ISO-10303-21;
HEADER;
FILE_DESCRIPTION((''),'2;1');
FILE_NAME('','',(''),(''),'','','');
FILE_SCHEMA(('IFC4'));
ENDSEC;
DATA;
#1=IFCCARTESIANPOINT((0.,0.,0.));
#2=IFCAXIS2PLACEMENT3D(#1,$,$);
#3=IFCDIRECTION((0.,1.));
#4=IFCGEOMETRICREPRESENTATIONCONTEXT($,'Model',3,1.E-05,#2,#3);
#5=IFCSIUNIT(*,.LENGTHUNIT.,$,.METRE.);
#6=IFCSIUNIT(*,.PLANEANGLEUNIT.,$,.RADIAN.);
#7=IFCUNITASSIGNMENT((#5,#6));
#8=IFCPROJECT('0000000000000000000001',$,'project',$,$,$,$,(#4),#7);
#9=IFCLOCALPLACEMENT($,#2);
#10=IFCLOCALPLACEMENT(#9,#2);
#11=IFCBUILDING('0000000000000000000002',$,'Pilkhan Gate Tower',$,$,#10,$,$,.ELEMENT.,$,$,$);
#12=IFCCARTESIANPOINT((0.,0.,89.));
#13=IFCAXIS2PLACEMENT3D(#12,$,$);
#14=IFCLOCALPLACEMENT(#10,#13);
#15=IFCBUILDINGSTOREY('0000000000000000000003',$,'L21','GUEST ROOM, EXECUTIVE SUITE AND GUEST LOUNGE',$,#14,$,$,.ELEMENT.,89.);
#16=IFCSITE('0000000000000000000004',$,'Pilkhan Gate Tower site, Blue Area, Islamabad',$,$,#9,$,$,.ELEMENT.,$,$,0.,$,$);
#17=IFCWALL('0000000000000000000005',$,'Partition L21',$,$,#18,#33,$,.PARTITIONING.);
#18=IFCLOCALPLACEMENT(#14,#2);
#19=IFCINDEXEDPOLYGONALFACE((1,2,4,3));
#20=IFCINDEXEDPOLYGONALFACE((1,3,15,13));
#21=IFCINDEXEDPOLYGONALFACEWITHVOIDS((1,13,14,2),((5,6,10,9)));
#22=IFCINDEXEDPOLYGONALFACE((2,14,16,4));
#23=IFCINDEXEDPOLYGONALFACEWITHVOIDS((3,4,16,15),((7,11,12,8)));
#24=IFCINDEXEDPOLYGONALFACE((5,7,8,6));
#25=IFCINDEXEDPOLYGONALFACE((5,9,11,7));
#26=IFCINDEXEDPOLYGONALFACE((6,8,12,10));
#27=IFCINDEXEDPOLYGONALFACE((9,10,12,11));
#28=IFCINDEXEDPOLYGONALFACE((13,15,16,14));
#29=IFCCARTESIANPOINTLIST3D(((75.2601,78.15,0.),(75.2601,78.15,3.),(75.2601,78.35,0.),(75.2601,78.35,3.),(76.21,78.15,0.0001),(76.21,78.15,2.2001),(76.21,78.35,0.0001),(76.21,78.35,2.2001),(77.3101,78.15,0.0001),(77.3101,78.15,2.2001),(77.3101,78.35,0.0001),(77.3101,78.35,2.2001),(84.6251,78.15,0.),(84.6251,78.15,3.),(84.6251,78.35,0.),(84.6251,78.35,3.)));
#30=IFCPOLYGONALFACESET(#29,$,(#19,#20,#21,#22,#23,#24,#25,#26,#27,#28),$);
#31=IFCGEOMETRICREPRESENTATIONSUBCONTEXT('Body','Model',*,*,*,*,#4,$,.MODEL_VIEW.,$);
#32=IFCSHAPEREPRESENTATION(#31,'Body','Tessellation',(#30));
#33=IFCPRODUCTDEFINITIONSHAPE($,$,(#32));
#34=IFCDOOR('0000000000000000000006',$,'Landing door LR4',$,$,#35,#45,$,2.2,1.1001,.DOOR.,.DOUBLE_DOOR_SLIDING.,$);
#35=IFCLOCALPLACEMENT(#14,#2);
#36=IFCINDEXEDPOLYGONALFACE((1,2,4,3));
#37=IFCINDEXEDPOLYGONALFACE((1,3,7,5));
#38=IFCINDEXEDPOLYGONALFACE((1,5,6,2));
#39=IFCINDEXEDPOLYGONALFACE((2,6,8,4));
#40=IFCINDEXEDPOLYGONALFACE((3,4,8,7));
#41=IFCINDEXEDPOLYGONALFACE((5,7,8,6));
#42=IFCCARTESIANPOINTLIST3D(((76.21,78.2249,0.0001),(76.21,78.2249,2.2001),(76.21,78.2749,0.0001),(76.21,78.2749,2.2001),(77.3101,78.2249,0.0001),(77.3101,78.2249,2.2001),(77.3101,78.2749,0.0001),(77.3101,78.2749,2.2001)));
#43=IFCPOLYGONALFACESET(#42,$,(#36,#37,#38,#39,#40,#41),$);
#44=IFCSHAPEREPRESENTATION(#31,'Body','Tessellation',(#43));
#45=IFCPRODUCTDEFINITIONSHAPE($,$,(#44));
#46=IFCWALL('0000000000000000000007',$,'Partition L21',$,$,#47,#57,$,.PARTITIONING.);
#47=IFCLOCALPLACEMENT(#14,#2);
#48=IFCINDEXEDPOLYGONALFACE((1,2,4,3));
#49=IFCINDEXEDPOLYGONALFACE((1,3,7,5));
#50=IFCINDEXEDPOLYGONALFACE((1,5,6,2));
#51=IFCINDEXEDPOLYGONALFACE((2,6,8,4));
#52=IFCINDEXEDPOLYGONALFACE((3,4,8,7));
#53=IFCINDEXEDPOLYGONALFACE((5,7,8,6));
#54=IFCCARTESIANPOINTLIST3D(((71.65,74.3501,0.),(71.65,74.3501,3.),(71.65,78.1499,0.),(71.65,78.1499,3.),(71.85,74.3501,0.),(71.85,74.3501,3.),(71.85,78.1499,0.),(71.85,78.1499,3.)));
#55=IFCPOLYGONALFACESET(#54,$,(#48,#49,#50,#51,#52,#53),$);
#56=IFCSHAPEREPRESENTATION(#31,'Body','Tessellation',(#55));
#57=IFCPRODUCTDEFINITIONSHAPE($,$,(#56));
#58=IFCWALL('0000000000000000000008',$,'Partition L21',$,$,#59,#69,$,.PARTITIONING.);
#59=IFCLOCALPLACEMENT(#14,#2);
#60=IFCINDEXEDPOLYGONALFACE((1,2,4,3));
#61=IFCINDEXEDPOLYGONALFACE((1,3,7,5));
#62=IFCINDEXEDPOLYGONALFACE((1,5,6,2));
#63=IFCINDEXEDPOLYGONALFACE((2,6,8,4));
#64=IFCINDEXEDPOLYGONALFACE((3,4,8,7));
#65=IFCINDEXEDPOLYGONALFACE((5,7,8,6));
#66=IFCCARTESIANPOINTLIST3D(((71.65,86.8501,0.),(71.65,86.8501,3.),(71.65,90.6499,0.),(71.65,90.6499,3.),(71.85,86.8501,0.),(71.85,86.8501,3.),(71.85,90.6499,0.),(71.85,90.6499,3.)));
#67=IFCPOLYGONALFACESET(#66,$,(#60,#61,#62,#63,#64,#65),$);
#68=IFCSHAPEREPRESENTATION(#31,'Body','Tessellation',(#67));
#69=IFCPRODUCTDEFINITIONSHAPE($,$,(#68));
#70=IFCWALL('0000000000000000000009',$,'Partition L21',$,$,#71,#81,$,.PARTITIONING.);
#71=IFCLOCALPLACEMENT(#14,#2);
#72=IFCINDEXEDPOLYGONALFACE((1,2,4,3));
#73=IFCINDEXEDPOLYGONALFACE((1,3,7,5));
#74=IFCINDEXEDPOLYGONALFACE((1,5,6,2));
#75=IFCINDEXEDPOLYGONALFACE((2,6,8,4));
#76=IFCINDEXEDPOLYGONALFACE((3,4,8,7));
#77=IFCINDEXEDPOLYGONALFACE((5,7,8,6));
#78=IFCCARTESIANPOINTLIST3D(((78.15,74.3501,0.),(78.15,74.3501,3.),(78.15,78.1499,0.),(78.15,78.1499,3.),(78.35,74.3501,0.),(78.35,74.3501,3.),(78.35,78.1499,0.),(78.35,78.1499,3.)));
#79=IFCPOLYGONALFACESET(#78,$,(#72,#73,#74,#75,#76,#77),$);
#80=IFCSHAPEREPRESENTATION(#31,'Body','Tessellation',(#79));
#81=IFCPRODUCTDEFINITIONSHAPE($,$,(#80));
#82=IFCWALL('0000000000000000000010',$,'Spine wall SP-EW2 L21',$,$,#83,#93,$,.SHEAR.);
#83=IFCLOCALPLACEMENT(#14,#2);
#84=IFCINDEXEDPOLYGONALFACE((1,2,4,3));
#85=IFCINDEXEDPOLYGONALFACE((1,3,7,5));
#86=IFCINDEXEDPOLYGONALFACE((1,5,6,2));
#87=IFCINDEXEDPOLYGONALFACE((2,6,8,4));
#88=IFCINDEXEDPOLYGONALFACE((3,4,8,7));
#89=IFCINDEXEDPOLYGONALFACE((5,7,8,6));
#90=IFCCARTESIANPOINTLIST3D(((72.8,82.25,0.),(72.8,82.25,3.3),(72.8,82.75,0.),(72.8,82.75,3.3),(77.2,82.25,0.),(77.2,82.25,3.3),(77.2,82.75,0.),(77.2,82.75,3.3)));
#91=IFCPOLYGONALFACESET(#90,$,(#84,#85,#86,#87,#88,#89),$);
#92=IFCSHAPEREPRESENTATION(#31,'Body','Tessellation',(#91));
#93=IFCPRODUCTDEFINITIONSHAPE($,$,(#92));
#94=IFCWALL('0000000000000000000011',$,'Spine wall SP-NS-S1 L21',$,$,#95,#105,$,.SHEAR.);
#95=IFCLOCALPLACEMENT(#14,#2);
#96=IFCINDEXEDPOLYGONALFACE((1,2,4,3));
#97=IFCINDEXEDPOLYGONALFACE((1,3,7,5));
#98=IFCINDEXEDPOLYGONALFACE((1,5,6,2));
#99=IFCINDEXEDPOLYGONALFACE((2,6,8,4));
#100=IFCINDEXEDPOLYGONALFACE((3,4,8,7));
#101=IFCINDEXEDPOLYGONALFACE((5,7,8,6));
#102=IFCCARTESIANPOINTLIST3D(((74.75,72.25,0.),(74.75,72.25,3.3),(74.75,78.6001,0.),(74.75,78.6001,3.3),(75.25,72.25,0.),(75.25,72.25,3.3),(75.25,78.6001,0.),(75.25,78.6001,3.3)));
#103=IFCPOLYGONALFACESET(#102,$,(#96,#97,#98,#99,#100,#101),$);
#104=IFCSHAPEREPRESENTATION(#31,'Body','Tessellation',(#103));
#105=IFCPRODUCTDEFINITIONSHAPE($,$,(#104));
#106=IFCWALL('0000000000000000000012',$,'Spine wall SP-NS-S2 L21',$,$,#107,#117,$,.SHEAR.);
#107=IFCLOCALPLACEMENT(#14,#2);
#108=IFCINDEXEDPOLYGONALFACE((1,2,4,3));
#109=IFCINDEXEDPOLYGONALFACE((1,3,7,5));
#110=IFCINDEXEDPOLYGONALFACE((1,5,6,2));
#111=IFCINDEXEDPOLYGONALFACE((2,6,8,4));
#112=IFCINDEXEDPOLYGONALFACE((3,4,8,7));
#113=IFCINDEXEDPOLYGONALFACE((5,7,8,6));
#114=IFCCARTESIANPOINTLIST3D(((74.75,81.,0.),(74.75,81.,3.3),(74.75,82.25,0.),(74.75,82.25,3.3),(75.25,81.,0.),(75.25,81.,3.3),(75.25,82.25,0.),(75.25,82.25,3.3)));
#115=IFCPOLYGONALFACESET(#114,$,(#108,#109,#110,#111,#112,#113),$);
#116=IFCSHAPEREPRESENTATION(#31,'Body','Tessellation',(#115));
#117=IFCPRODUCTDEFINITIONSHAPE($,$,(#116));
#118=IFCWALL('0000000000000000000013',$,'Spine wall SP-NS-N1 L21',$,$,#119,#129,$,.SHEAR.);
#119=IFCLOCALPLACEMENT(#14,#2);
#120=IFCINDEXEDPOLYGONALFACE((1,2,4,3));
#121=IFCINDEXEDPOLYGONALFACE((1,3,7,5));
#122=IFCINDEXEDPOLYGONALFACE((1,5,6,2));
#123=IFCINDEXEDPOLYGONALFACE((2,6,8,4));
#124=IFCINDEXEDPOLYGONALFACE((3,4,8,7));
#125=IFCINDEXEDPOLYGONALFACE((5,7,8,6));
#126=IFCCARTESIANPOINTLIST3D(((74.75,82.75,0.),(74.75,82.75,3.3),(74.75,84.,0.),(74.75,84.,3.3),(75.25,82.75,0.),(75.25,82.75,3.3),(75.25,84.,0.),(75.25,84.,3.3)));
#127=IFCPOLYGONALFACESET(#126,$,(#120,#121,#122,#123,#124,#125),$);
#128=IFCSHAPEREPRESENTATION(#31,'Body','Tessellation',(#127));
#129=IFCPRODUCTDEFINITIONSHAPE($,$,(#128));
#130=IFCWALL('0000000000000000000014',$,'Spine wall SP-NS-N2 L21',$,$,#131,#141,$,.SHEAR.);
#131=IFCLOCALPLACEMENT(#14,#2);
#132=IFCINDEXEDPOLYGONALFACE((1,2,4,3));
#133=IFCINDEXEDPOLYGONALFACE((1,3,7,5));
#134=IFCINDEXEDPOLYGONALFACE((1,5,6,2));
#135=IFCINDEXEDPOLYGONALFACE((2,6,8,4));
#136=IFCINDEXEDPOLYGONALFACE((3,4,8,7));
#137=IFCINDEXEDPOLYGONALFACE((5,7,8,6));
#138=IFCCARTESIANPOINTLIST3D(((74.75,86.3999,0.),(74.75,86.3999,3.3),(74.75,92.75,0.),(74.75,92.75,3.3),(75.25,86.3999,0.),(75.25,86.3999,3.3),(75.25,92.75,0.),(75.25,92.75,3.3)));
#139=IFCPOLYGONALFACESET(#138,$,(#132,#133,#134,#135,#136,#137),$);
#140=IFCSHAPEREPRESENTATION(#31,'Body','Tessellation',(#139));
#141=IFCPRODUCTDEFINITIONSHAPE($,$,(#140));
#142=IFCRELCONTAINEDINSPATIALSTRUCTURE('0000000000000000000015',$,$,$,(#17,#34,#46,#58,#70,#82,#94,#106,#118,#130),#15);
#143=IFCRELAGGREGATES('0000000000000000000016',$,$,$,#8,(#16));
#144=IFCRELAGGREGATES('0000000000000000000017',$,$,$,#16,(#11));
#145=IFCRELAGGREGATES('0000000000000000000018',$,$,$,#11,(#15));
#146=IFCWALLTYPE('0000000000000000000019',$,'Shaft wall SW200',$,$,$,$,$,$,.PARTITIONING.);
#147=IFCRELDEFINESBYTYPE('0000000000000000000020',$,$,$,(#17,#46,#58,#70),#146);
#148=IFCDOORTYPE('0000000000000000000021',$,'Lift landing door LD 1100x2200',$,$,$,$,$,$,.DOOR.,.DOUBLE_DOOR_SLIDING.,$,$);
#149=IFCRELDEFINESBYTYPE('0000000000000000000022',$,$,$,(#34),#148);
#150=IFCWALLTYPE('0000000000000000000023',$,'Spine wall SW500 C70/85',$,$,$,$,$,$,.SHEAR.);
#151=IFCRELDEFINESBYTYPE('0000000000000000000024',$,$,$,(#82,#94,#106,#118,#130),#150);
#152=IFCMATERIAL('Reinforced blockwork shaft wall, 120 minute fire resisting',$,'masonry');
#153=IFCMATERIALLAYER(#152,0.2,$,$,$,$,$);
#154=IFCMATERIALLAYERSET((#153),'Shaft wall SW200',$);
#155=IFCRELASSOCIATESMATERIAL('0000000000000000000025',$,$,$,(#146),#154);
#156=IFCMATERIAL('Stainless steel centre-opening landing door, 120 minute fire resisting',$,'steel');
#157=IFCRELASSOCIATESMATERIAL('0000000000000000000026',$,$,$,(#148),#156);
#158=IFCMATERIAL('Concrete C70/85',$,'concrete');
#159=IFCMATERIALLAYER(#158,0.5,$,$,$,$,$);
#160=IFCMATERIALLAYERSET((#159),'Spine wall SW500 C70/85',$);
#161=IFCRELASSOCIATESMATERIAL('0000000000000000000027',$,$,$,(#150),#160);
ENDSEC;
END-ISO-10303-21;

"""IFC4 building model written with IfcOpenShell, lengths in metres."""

from ifc_helpers import new_model, si_unit, direction, frame, frame_2d, origin, place, context, subcontext, project, spatial, rectangle, extrude, material, layer, layer_set, type_object, element, fill, save


model = new_model("IFC4")

# Units and contexts
model_context = context("Model", 3, precision=1e-05, world=origin(), true_north=direction((0.0, 1.0)))
body_context = subcontext(model_context, "Body", "Model", "MODEL_VIEW")
ifc_project = project(units=[si_unit("LENGTHUNIT", "METRE"), si_unit("PLANEANGLEUNIT", "RADIAN")], contexts=[model_context])

# Site, building, storey
site_placement = place(None, origin())
site = spatial("IfcSite", under=ifc_project, at=site_placement, Name="Pilkhan Gate Tower site, Blue Area, Islamabad", CompositionType="ELEMENT", RefElevation=0.0)
building_placement = place(site_placement, origin())
building = spatial("IfcBuilding", under=site, at=building_placement, Name="Pilkhan Gate Tower", CompositionType="ELEMENT")
storey_placement = place(building_placement, frame((0.0, 0.0, 89.0)))
storey = spatial("IfcBuildingStorey", under=building, at=storey_placement, Name="L21", Description="GUEST ROOM, EXECUTIVE SUITE AND GUEST LOUNGE", CompositionType="ELEMENT", Elevation=89.0)

# Shared definitions
ifc_material_1 = material(Name="Concrete C70/85", Category="concrete")

# Shared definitions
ifc_material_2 = material(Name="Reinforced blockwork shaft wall, 120 minute fire resisting", Category="masonry")
ifc_layer_1 = layer(ifc_material_2, 0.2)
ifc_layer_set_1 = layer_set([ifc_layer_1], Name="Shaft wall SW200")
wall_type_1 = type_object("IfcWallType", Name="Shaft wall SW200", PredefinedType="PARTITIONING", material=ifc_layer_set_1)

# Wall, opening, door
wall_1_placement = place(storey_placement, frame((75.26, 78.25, 0.0), z_axis=(0.0, 0.0, 1.0), x_axis=(1.0, 0.0, 0.0)))
wall_1 = element("IfcWall", 1, at=wall_1_placement, inside=storey, type_object=wall_type_1, Name="Partition L21", PredefinedType="PARTITIONING", context=body_context, shape_type="SweptSolid", body=[
    extrude(rectangle(XDim=9.365, YDim=0.2, at=frame_2d((4.6826, 0.0))), origin(), (0.0, 0.0, 1.0), 3.0),
])
opening_1_placement = place(wall_1_placement, frame((0.95, 0.0, 0.0)))
opening_1 = element("IfcOpeningElement", 2, at=opening_1_placement, cuts=wall_1, PredefinedType="OPENING", context=body_context, shape_type="SweptSolid", body=[
    extrude(rectangle(XDim=1.1001, YDim=2.2, at=frame_2d((0.55, 1.1001))), frame((0.0, 0.1099, 0.0), z_axis=(0.0, -1.0, 0.0), x_axis=(1.0, 0.0, 0.0)), (0.0, 0.0, 1.0), 0.22),
])
ifc_material_3 = material(Name="Stainless steel centre-opening landing door, 120 minute fire resisting", Category="steel")
door_type_1 = type_object("IfcDoorType", Name="Lift landing door LD 1100x2200", OperationType="DOUBLE_DOOR_SLIDING", PredefinedType="DOOR", material=ifc_material_3)
door_1_placement = place(opening_1_placement, origin())
door_1 = element("IfcDoor", 3, at=door_1_placement, inside=storey, type_object=door_type_1, Name="Landing door LR4", OperationType="DOUBLE_DOOR_SLIDING", OverallHeight=2.2, OverallWidth=1.1001, PredefinedType="DOOR", context=body_context, shape_type="SweptSolid", body=[
    extrude(rectangle(XDim=1.1001, YDim=2.2, at=frame_2d((0.55, 1.1001))), frame((0.0, 0.0249, 0.0), z_axis=(0.0, -1.0, 0.0), x_axis=(1.0, 0.0, 0.0)), (0.0, 0.0, 1.0), 0.05),
])
fill(opening_1, door_1)

# Walls
for number, where, z_axis, x_axis, name in (
    (4, (71.75, 74.3501, 0.0), (0.0, 0.0, 1.0), (0.0, 1.0, 0.0), "Partition L21"),
    (5, (71.75, 86.8501, 0.0), (0.0, 0.0, 1.0), (0.0, 1.0, 0.0), "Partition L21"),
    (6, (78.25, 74.3501, 0.0), (0.0, 0.0, 1.0), (0.0, 1.0, 0.0), "Partition L21"),
):
    element("IfcWall", number, at=place(storey_placement, frame(where, z_axis=z_axis, x_axis=x_axis)), inside=storey, type_object=wall_type_1, Name=name, PredefinedType="PARTITIONING", context=body_context, shape_type="SweptSolid", body=[
        extrude(rectangle(XDim=3.7998, YDim=0.2, at=frame_2d((1.8999, 0.0))), origin(), (0.0, 0.0, 1.0), 3.0),
    ])
ifc_layer_2 = layer(ifc_material_1, 0.5)
ifc_layer_set_2 = layer_set([ifc_layer_2], Name="Spine wall SW500 C70/85")
wall_type_2 = type_object("IfcWallType", Name="Spine wall SW500 C70/85", PredefinedType="SHEAR", material=ifc_layer_set_2)
wall_2_placement = place(storey_placement, frame((72.8, 82.5, 0.0), z_axis=(0.0, 0.0, 1.0), x_axis=(1.0, 0.0, 0.0)))
element("IfcWall", 7, at=wall_2_placement, inside=storey, type_object=wall_type_2, Name="Spine wall SP-EW2 L21", PredefinedType="SHEAR", context=body_context, shape_type="SweptSolid", body=[
    extrude(rectangle(XDim=4.3999, YDim=0.5, at=frame_2d((2.2, 0.0))), origin(), (0.0, 0.0, 1.0), 3.3),
])
wall_3_placement = place(storey_placement, frame((75.0, 72.25, 0.0), z_axis=(0.0, 0.0, 1.0), x_axis=(0.0, 1.0, 0.0)))
element("IfcWall", 8, at=wall_3_placement, inside=storey, type_object=wall_type_2, Name="Spine wall SP-NS-S1 L21", PredefinedType="SHEAR", context=body_context, shape_type="SweptSolid", body=[
    extrude(rectangle(XDim=6.3501, YDim=0.5, at=frame_2d((3.175, 0.0))), origin(), (0.0, 0.0, 1.0), 3.3),
])
for number, where, z_axis, x_axis, name in (
    (9, (75.0, 81.0, 0.0), (0.0, 0.0, 1.0), (0.0, 1.0, 0.0), "Spine wall SP-NS-S2 L21"),
    (10, (75.0, 82.75, 0.0), (0.0, 0.0, 1.0), (0.0, 1.0, 0.0), "Spine wall SP-NS-N1 L21"),
):
    element("IfcWall", number, at=place(storey_placement, frame(where, z_axis=z_axis, x_axis=x_axis)), inside=storey, type_object=wall_type_2, Name=name, PredefinedType="SHEAR", context=body_context, shape_type="SweptSolid", body=[
        extrude(rectangle(XDim=1.25, YDim=0.5, at=frame_2d((0.625, 0.0))), origin(), (0.0, 0.0, 1.0), 3.3),
    ])
wall_4_placement = place(storey_placement, frame((75.0, 86.3999, 0.0), z_axis=(0.0, 0.0, 1.0), x_axis=(0.0, 1.0, 0.0)))
element("IfcWall", 11, at=wall_4_placement, inside=storey, type_object=wall_type_2, Name="Spine wall SP-NS-N2 L21", PredefinedType="SHEAR", context=body_context, shape_type="SweptSolid", body=[
    extrude(rectangle(XDim=6.3501, YDim=0.5, at=frame_2d((3.175, 0.0))), origin(), (0.0, 0.0, 1.0), 3.3),
])

save(model, "model.ifc")
